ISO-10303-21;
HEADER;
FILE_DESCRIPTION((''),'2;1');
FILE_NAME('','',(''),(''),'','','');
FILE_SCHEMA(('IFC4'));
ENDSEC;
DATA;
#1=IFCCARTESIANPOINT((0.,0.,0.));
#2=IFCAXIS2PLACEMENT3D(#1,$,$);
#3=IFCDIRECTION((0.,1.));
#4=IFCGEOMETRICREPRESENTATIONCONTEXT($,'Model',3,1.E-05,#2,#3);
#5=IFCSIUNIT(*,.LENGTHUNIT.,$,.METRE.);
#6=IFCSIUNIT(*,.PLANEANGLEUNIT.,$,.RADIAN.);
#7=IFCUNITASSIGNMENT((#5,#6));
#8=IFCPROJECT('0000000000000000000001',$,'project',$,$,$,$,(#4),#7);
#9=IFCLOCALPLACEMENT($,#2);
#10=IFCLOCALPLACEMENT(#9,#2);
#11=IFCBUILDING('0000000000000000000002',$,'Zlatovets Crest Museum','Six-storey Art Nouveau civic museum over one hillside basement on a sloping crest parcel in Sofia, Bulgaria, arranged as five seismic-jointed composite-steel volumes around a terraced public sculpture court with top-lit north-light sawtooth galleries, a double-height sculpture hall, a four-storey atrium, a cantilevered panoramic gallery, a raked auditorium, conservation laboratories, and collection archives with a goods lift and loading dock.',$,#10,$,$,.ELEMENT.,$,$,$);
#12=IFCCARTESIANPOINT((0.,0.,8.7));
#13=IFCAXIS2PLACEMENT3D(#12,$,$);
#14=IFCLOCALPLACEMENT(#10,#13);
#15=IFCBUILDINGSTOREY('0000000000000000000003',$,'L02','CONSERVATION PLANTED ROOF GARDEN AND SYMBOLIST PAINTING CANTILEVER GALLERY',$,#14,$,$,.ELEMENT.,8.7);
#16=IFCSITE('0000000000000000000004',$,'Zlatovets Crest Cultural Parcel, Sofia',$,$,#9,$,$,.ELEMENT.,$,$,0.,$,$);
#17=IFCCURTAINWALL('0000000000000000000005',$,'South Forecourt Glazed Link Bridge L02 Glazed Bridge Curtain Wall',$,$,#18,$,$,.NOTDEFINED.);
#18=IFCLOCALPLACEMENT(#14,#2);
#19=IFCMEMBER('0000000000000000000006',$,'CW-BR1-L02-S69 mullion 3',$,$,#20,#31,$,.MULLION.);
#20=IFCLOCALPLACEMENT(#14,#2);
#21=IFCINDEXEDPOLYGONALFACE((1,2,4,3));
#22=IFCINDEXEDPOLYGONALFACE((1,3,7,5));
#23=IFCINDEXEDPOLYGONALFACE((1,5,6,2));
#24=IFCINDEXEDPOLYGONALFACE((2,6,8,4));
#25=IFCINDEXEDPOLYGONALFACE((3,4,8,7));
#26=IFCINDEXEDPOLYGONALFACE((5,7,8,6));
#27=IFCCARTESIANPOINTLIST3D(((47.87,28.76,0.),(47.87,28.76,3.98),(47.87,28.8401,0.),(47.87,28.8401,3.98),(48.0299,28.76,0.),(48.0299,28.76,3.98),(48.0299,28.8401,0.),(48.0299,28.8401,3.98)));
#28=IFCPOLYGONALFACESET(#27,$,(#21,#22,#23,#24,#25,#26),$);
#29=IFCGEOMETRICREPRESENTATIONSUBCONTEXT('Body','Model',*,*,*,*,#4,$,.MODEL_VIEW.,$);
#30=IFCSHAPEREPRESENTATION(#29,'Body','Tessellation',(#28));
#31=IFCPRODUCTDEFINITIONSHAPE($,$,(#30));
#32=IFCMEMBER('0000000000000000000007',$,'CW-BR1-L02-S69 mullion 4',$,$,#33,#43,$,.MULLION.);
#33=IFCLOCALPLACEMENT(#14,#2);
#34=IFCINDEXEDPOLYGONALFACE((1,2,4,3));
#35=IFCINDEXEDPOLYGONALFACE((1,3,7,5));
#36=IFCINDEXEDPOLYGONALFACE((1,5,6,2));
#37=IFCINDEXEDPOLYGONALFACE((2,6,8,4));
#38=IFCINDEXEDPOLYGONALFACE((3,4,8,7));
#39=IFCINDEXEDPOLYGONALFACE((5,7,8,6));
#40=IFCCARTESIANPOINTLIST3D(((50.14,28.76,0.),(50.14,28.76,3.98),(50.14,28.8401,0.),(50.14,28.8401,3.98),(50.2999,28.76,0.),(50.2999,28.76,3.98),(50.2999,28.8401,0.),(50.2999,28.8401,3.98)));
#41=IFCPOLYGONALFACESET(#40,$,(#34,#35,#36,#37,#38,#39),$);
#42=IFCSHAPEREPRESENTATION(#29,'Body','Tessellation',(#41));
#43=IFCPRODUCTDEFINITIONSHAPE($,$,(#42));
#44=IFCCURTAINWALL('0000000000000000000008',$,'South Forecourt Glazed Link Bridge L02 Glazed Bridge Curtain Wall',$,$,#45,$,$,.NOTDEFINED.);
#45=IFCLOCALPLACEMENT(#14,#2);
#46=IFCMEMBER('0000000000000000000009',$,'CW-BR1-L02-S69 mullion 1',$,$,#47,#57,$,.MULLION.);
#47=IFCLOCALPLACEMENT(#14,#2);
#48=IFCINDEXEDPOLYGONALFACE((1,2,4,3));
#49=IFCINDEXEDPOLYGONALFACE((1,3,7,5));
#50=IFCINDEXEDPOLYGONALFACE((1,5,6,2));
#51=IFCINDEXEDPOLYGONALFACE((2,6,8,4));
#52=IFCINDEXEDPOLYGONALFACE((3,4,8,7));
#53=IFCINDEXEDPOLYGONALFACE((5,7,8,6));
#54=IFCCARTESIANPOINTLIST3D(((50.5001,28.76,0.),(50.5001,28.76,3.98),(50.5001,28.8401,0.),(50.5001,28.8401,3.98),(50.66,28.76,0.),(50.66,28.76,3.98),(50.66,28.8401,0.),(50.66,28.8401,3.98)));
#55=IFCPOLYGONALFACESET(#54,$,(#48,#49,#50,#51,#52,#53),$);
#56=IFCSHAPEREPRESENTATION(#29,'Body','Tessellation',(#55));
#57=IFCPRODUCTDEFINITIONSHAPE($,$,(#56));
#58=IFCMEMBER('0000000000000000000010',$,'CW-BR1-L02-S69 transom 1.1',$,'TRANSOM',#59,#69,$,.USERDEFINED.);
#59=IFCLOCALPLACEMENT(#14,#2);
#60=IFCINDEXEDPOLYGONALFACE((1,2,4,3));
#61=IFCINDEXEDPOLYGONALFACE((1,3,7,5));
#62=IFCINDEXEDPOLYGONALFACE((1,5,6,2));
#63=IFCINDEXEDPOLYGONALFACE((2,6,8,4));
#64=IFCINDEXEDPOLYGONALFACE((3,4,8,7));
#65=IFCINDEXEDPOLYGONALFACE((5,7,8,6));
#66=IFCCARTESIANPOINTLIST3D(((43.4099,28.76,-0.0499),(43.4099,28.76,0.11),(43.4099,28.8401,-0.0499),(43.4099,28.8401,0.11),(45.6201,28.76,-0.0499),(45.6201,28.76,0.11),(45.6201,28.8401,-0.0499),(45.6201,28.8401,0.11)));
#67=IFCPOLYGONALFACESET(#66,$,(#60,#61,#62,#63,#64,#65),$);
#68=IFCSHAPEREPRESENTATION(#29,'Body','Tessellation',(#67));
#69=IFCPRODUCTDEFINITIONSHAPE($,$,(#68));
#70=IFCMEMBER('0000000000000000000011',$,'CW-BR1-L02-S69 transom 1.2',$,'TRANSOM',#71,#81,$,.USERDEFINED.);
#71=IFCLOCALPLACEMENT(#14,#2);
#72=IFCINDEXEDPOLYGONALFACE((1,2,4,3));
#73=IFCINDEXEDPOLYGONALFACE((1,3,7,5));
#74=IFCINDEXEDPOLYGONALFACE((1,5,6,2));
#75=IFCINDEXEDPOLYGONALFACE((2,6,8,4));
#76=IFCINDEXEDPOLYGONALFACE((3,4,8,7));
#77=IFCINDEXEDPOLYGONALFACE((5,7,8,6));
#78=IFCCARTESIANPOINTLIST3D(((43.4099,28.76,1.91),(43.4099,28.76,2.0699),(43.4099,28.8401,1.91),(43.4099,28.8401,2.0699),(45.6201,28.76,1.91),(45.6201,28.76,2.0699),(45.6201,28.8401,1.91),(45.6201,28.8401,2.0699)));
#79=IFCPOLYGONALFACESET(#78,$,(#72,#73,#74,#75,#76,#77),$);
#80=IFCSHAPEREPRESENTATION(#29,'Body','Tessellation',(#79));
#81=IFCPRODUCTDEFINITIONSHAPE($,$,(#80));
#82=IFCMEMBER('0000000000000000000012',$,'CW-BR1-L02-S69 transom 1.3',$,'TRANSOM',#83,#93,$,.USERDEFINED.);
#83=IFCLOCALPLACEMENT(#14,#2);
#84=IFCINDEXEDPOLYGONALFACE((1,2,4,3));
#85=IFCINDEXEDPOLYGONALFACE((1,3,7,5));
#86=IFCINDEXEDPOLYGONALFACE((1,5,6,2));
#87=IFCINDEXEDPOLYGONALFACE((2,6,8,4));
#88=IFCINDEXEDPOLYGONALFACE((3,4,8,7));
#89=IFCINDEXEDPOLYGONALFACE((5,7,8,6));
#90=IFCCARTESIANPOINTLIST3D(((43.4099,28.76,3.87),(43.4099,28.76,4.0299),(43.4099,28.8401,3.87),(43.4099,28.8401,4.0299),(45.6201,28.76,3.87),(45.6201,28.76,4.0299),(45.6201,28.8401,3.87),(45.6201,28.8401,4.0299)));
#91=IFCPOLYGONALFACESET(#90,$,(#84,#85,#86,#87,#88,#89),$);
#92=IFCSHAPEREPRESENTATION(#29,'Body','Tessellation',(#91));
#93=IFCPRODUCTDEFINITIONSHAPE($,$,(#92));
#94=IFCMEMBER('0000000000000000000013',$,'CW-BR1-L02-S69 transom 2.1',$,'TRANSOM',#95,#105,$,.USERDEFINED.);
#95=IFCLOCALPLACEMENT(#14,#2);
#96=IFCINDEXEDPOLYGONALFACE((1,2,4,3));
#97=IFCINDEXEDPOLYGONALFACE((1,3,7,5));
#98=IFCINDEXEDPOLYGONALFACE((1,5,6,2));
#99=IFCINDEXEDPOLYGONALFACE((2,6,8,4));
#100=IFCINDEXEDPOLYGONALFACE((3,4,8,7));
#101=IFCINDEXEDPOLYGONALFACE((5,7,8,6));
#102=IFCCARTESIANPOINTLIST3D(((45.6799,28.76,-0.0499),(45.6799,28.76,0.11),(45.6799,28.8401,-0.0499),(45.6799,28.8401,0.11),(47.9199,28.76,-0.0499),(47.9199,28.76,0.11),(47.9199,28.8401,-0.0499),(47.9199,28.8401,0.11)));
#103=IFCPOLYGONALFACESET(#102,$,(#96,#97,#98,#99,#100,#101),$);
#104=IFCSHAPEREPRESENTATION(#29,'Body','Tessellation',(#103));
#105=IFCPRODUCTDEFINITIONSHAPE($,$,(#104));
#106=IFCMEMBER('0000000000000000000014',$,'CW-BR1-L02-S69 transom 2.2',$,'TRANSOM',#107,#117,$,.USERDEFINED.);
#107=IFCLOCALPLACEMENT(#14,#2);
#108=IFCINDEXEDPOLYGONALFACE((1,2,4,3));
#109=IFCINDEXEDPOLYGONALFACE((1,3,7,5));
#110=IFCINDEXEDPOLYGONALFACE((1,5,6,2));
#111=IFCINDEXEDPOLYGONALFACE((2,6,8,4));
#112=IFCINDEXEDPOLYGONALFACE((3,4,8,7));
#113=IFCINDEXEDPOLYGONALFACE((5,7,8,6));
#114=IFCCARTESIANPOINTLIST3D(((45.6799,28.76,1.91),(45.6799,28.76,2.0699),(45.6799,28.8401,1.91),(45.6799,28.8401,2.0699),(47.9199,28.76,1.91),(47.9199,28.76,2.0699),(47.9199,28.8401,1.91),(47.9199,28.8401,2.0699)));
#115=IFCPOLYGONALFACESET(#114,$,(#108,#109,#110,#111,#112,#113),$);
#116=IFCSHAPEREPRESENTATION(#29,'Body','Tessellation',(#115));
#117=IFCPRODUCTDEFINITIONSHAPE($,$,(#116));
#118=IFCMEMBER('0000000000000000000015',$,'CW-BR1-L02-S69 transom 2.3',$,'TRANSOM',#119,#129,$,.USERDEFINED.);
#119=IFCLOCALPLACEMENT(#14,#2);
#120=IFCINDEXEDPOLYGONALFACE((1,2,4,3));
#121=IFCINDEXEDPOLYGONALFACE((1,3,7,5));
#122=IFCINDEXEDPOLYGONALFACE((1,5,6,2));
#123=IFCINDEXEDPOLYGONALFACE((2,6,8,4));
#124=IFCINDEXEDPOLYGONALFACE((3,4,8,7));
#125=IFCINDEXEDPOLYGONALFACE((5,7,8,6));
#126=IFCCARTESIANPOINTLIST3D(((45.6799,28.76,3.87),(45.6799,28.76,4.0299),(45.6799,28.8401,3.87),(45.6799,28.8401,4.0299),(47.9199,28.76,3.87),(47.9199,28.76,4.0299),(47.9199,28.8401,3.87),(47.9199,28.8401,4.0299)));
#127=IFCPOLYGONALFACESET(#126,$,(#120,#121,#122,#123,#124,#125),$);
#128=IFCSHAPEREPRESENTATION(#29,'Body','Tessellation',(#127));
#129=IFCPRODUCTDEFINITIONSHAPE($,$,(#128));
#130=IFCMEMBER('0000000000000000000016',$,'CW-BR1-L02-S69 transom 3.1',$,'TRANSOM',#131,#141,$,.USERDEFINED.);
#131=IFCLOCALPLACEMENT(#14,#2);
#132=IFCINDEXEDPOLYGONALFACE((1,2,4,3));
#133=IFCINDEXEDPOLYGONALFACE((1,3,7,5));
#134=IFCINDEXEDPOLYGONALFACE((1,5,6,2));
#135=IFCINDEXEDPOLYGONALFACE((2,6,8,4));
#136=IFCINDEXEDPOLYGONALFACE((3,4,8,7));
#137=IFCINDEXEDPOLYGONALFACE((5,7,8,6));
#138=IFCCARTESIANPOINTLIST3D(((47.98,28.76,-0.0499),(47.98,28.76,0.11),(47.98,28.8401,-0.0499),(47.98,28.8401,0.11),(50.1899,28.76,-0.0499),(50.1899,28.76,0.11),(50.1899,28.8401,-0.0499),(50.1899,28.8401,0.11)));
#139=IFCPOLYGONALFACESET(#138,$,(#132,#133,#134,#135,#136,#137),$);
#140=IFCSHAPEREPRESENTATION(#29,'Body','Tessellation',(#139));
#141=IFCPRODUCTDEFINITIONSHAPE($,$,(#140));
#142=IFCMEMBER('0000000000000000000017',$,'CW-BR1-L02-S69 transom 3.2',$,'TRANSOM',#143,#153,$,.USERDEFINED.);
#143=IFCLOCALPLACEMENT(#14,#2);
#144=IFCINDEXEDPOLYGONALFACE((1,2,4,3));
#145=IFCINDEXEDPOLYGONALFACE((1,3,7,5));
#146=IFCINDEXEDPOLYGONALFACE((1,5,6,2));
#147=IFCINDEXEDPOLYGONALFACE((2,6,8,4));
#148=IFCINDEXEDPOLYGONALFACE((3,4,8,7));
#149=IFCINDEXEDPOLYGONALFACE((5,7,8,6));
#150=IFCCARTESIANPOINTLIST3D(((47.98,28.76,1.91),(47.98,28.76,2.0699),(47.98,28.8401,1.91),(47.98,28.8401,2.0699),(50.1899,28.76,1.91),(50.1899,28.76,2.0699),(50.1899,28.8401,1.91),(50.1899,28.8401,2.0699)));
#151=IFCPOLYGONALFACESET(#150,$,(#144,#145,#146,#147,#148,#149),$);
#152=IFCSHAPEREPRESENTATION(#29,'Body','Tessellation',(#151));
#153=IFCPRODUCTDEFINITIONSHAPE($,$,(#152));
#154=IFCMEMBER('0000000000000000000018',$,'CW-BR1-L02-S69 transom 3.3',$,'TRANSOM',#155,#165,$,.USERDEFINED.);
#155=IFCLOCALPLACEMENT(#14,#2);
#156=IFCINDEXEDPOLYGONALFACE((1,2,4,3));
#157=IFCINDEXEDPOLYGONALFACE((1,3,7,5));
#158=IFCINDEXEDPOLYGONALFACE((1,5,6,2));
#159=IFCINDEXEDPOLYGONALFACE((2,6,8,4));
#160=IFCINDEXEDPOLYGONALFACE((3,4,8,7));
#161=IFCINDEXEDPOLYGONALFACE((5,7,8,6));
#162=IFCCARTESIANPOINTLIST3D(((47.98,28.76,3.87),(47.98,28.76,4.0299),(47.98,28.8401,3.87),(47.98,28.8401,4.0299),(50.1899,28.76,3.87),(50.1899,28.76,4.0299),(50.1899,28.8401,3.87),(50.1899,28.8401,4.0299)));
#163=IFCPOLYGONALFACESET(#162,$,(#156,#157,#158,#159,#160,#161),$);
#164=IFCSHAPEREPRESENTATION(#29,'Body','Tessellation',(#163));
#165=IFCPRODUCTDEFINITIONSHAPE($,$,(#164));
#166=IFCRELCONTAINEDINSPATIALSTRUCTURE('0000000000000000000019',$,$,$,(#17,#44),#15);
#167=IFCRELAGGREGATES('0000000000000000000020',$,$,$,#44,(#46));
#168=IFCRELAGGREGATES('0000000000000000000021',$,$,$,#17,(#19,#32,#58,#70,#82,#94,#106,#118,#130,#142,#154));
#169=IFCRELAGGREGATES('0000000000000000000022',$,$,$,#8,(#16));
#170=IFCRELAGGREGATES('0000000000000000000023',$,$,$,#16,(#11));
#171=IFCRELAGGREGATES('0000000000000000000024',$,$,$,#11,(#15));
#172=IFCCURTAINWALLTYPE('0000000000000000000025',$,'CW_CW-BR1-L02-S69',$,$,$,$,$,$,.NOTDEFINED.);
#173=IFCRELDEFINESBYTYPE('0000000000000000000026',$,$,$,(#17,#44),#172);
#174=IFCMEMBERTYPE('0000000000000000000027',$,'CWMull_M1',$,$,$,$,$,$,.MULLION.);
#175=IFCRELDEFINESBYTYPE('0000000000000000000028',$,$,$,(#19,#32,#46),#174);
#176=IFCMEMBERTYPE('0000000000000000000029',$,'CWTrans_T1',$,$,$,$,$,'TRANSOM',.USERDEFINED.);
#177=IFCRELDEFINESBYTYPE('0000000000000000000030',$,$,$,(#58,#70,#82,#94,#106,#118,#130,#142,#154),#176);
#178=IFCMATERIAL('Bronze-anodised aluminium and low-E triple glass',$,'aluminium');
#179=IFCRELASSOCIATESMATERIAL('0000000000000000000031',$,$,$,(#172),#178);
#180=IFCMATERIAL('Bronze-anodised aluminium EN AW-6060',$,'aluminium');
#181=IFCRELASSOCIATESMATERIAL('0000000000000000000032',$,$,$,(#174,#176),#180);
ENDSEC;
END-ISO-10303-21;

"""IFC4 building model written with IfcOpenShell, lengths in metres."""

from ifc_helpers import new_model, si_unit, direction, frame, origin, origin_2d, place, context, subcontext, project, spatial, rectangle, extrude, material, material_profile, profile_set, type_object, element, aggregate, save


model = new_model("IFC4")

# Units and contexts
model_context = context("Model", 3, precision=1e-05, world=origin(), true_north=direction((0.0, 1.0)))
body_context = subcontext(model_context, "Body", "Model", "MODEL_VIEW")
ifc_project = project(units=[si_unit("LENGTHUNIT", "METRE"), si_unit("PLANEANGLEUNIT", "RADIAN")], contexts=[model_context])

# Site, building, storey
site_placement = place(None, origin())
site = spatial("IfcSite", under=ifc_project, at=site_placement, Name="Zlatovets Crest Cultural Parcel, Sofia", CompositionType="ELEMENT", RefElevation=0.0)
building_placement = place(site_placement, origin())
building = spatial("IfcBuilding", under=site, at=building_placement, Name="Zlatovets Crest Museum", Description="Six-storey Art Nouveau civic museum over one hillside basement on a sloping crest parcel in Sofia, Bulgaria, arranged as five seismic-jointed composite-steel volumes around a terraced public sculpture court with top-lit north-light sawtooth galleries, a double-height sculpture hall, a four-storey atrium, a cantilevered panoramic gallery, a raked auditorium, conservation laboratories, and collection archives with a goods lift and loading dock.", CompositionType="ELEMENT")
storey_placement = place(building_placement, frame((0.0, 0.0, 8.7)))
storey = spatial("IfcBuildingStorey", under=building, at=storey_placement, Name="L02", Description="CONSERVATION PLANTED ROOF GARDEN AND SYMBOLIST PAINTING CANTILEVER GALLERY", CompositionType="ELEMENT", Elevation=8.7)

# Curtain wall, members
ifc_material_1 = material(Name="Bronze-anodised aluminium and low-E triple glass", Category="aluminium")
curtain_wall_type = type_object("IfcCurtainWallType", Name="CW_CW-BR1-L02-S69", PredefinedType="NOTDEFINED", material=ifc_material_1)
curtain_wall_1_placement = place(storey_placement, origin())
curtain_wall_1 = element("IfcCurtainWall", 1, at=curtain_wall_1_placement, inside=storey, type_object=curtain_wall_type, Name="South Forecourt Glazed Link Bridge L02 Glazed Bridge Curtain Wall", PredefinedType="NOTDEFINED")
ifc_material_2 = material(Name="Bronze-anodised aluminium EN AW-6060", Category="aluminium")
ifc_material_profile_1 = material_profile(ifc_material_2, rectangle(XDim=0.0801, YDim=0.1599, at=origin_2d()), Name="ALU 80x160")
ifc_profile_set_1 = profile_set([ifc_material_profile_1], Name="Bronze-anodised aluminium EN AW-6060")
member_type_1 = type_object("IfcMemberType", Name="CWMull_M1", PredefinedType="MULLION", material=ifc_profile_set_1)
member_1_placement = place(storey_placement, frame((47.95, 28.8, 0.0), z_axis=(0.0, 0.0, 1.0), x_axis=(0.0, 1.0, 0.0)))
member_1 = element("IfcMember", 2, at=member_1_placement, type_object=member_type_1, Name="CW-BR1-L02-S69 mullion 3", PredefinedType="MULLION", context=body_context, shape_type="SweptSolid", body=[
    extrude(rectangle(XDim=0.0801, YDim=0.1599, at=origin_2d()), origin(), (0.0, 0.0, 1.0), 3.98),
])
member_2_placement = place(storey_placement, frame((50.22, 28.8, 0.0), z_axis=(0.0, 0.0, 1.0), x_axis=(0.0, 1.0, 0.0)))
member_2 = element("IfcMember", 3, at=member_2_placement, type_object=member_type_1, Name="CW-BR1-L02-S69 mullion 4", PredefinedType="MULLION", context=body_context, shape_type="SweptSolid", body=[
    extrude(rectangle(XDim=0.0801, YDim=0.1599, at=origin_2d()), origin(), (0.0, 0.0, 1.0), 3.98),
])

# Curtain wall, member
curtain_wall_2_placement = place(storey_placement, origin())
curtain_wall_2 = element("IfcCurtainWall", 4, at=curtain_wall_2_placement, inside=storey, type_object=curtain_wall_type, Name="South Forecourt Glazed Link Bridge L02 Glazed Bridge Curtain Wall", PredefinedType="NOTDEFINED")
member_3_placement = place(storey_placement, frame((50.5801, 28.8, 0.0), z_axis=(0.0, 0.0, 1.0), x_axis=(0.0, 1.0, 0.0)))
member_3 = element("IfcMember", 5, at=member_3_placement, type_object=member_type_1, Name="CW-BR1-L02-S69 mullion 1", PredefinedType="MULLION", context=body_context, shape_type="SweptSolid", body=[
    extrude(rectangle(XDim=0.0801, YDim=0.1599, at=origin_2d()), origin(), (0.0, 0.0, 1.0), 3.98),
])
aggregate(curtain_wall_2, [member_3])

# Members
ifc_material_profile_2 = material_profile(ifc_material_2, rectangle(XDim=0.0801, YDim=0.1599, at=origin_2d()), Name="ALU 80x160")
ifc_profile_set_2 = profile_set([ifc_material_profile_2], Name="Bronze-anodised aluminium EN AW-6060")
member_type_2 = type_object("IfcMemberType", Name="CWTrans_T1", ElementType="TRANSOM", PredefinedType="USERDEFINED", material=ifc_profile_set_2)
member_4_placement = place(storey_placement, frame((43.4099, 28.8, 0.03), z_axis=(1.0, 0.0, 0.0), x_axis=(0.0, 1.0, 0.0)))
member_4 = element("IfcMember", 6, at=member_4_placement, type_object=member_type_2, Name="CW-BR1-L02-S69 transom 1.1", ObjectType="TRANSOM", PredefinedType="USERDEFINED", context=body_context, shape_type="SweptSolid", body=[
    extrude(rectangle(XDim=0.0801, YDim=0.1599, at=origin_2d()), origin(), (0.0, 0.0, 1.0), 2.2102),
])
member_5_placement = place(storey_placement, frame((43.4099, 28.8, 1.99), z_axis=(1.0, 0.0, 0.0), x_axis=(0.0, 1.0, 0.0)))
member_5 = element("IfcMember", 7, at=member_5_placement, type_object=member_type_2, Name="CW-BR1-L02-S69 transom 1.2", ObjectType="TRANSOM", PredefinedType="USERDEFINED", context=body_context, shape_type="SweptSolid", body=[
    extrude(rectangle(XDim=0.0801, YDim=0.1599, at=origin_2d()), origin(), (0.0, 0.0, 1.0), 2.2102),
])
member_6_placement = place(storey_placement, frame((43.4099, 28.8, 3.95), z_axis=(1.0, 0.0, 0.0), x_axis=(0.0, 1.0, 0.0)))
member_6 = element("IfcMember", 8, at=member_6_placement, type_object=member_type_2, Name="CW-BR1-L02-S69 transom 1.3", ObjectType="TRANSOM", PredefinedType="USERDEFINED", context=body_context, shape_type="SweptSolid", body=[
    extrude(rectangle(XDim=0.0801, YDim=0.1599, at=origin_2d()), origin(), (0.0, 0.0, 1.0), 2.2102),
])
member_7_placement = place(storey_placement, frame((45.6799, 28.8, 0.03), z_axis=(1.0, 0.0, 0.0), x_axis=(0.0, 1.0, 0.0)))
member_7 = element("IfcMember", 9, at=member_7_placement, type_object=member_type_2, Name="CW-BR1-L02-S69 transom 2.1", ObjectType="TRANSOM", PredefinedType="USERDEFINED", context=body_context, shape_type="SweptSolid", body=[
    extrude(rectangle(XDim=0.0801, YDim=0.1599, at=origin_2d()), origin(), (0.0, 0.0, 1.0), 2.24),
])
member_8_placement = place(storey_placement, frame((45.6799, 28.8, 1.99), z_axis=(1.0, 0.0, 0.0), x_axis=(0.0, 1.0, 0.0)))
member_8 = element("IfcMember", 10, at=member_8_placement, type_object=member_type_2, Name="CW-BR1-L02-S69 transom 2.2", ObjectType="TRANSOM", PredefinedType="USERDEFINED", context=body_context, shape_type="SweptSolid", body=[
    extrude(rectangle(XDim=0.0801, YDim=0.1599, at=origin_2d()), origin(), (0.0, 0.0, 1.0), 2.24),
])
member_9_placement = place(storey_placement, frame((45.6799, 28.8, 3.95), z_axis=(1.0, 0.0, 0.0), x_axis=(0.0, 1.0, 0.0)))
member_9 = element("IfcMember", 11, at=member_9_placement, type_object=member_type_2, Name="CW-BR1-L02-S69 transom 2.3", ObjectType="TRANSOM", PredefinedType="USERDEFINED", context=body_context, shape_type="SweptSolid", body=[
    extrude(rectangle(XDim=0.0801, YDim=0.1599, at=origin_2d()), origin(), (0.0, 0.0, 1.0), 2.24),
])
member_10_placement = place(storey_placement, frame((47.98, 28.8, 0.03), z_axis=(1.0, 0.0, 0.0), x_axis=(0.0, 1.0, 0.0)))
member_10 = element("IfcMember", 12, at=member_10_placement, type_object=member_type_2, Name="CW-BR1-L02-S69 transom 3.1", ObjectType="TRANSOM", PredefinedType="USERDEFINED", context=body_context, shape_type="SweptSolid", body=[
    extrude(rectangle(XDim=0.0801, YDim=0.1599, at=origin_2d()), origin(), (0.0, 0.0, 1.0), 2.21),
])
member_11_placement = place(storey_placement, frame((47.98, 28.8, 1.99), z_axis=(1.0, 0.0, 0.0), x_axis=(0.0, 1.0, 0.0)))
member_11 = element("IfcMember", 13, at=member_11_placement, type_object=member_type_2, Name="CW-BR1-L02-S69 transom 3.2", ObjectType="TRANSOM", PredefinedType="USERDEFINED", context=body_context, shape_type="SweptSolid", body=[
    extrude(rectangle(XDim=0.0801, YDim=0.1599, at=origin_2d()), origin(), (0.0, 0.0, 1.0), 2.21),
])
member_12_placement = place(storey_placement, frame((47.98, 28.8, 3.95), z_axis=(1.0, 0.0, 0.0), x_axis=(0.0, 1.0, 0.0)))
member_12 = element("IfcMember", 14, at=member_12_placement, type_object=member_type_2, Name="CW-BR1-L02-S69 transom 3.3", ObjectType="TRANSOM", PredefinedType="USERDEFINED", context=body_context, shape_type="SweptSolid", body=[
    extrude(rectangle(XDim=0.0801, YDim=0.1599, at=origin_2d()), origin(), (0.0, 0.0, 1.0), 2.21),
])

aggregate(curtain_wall_1, [member_1, member_2, member_4, member_5, member_6, member_7, member_8, member_9, member_10, member_11, member_12])

save(model, "model.ifc")
